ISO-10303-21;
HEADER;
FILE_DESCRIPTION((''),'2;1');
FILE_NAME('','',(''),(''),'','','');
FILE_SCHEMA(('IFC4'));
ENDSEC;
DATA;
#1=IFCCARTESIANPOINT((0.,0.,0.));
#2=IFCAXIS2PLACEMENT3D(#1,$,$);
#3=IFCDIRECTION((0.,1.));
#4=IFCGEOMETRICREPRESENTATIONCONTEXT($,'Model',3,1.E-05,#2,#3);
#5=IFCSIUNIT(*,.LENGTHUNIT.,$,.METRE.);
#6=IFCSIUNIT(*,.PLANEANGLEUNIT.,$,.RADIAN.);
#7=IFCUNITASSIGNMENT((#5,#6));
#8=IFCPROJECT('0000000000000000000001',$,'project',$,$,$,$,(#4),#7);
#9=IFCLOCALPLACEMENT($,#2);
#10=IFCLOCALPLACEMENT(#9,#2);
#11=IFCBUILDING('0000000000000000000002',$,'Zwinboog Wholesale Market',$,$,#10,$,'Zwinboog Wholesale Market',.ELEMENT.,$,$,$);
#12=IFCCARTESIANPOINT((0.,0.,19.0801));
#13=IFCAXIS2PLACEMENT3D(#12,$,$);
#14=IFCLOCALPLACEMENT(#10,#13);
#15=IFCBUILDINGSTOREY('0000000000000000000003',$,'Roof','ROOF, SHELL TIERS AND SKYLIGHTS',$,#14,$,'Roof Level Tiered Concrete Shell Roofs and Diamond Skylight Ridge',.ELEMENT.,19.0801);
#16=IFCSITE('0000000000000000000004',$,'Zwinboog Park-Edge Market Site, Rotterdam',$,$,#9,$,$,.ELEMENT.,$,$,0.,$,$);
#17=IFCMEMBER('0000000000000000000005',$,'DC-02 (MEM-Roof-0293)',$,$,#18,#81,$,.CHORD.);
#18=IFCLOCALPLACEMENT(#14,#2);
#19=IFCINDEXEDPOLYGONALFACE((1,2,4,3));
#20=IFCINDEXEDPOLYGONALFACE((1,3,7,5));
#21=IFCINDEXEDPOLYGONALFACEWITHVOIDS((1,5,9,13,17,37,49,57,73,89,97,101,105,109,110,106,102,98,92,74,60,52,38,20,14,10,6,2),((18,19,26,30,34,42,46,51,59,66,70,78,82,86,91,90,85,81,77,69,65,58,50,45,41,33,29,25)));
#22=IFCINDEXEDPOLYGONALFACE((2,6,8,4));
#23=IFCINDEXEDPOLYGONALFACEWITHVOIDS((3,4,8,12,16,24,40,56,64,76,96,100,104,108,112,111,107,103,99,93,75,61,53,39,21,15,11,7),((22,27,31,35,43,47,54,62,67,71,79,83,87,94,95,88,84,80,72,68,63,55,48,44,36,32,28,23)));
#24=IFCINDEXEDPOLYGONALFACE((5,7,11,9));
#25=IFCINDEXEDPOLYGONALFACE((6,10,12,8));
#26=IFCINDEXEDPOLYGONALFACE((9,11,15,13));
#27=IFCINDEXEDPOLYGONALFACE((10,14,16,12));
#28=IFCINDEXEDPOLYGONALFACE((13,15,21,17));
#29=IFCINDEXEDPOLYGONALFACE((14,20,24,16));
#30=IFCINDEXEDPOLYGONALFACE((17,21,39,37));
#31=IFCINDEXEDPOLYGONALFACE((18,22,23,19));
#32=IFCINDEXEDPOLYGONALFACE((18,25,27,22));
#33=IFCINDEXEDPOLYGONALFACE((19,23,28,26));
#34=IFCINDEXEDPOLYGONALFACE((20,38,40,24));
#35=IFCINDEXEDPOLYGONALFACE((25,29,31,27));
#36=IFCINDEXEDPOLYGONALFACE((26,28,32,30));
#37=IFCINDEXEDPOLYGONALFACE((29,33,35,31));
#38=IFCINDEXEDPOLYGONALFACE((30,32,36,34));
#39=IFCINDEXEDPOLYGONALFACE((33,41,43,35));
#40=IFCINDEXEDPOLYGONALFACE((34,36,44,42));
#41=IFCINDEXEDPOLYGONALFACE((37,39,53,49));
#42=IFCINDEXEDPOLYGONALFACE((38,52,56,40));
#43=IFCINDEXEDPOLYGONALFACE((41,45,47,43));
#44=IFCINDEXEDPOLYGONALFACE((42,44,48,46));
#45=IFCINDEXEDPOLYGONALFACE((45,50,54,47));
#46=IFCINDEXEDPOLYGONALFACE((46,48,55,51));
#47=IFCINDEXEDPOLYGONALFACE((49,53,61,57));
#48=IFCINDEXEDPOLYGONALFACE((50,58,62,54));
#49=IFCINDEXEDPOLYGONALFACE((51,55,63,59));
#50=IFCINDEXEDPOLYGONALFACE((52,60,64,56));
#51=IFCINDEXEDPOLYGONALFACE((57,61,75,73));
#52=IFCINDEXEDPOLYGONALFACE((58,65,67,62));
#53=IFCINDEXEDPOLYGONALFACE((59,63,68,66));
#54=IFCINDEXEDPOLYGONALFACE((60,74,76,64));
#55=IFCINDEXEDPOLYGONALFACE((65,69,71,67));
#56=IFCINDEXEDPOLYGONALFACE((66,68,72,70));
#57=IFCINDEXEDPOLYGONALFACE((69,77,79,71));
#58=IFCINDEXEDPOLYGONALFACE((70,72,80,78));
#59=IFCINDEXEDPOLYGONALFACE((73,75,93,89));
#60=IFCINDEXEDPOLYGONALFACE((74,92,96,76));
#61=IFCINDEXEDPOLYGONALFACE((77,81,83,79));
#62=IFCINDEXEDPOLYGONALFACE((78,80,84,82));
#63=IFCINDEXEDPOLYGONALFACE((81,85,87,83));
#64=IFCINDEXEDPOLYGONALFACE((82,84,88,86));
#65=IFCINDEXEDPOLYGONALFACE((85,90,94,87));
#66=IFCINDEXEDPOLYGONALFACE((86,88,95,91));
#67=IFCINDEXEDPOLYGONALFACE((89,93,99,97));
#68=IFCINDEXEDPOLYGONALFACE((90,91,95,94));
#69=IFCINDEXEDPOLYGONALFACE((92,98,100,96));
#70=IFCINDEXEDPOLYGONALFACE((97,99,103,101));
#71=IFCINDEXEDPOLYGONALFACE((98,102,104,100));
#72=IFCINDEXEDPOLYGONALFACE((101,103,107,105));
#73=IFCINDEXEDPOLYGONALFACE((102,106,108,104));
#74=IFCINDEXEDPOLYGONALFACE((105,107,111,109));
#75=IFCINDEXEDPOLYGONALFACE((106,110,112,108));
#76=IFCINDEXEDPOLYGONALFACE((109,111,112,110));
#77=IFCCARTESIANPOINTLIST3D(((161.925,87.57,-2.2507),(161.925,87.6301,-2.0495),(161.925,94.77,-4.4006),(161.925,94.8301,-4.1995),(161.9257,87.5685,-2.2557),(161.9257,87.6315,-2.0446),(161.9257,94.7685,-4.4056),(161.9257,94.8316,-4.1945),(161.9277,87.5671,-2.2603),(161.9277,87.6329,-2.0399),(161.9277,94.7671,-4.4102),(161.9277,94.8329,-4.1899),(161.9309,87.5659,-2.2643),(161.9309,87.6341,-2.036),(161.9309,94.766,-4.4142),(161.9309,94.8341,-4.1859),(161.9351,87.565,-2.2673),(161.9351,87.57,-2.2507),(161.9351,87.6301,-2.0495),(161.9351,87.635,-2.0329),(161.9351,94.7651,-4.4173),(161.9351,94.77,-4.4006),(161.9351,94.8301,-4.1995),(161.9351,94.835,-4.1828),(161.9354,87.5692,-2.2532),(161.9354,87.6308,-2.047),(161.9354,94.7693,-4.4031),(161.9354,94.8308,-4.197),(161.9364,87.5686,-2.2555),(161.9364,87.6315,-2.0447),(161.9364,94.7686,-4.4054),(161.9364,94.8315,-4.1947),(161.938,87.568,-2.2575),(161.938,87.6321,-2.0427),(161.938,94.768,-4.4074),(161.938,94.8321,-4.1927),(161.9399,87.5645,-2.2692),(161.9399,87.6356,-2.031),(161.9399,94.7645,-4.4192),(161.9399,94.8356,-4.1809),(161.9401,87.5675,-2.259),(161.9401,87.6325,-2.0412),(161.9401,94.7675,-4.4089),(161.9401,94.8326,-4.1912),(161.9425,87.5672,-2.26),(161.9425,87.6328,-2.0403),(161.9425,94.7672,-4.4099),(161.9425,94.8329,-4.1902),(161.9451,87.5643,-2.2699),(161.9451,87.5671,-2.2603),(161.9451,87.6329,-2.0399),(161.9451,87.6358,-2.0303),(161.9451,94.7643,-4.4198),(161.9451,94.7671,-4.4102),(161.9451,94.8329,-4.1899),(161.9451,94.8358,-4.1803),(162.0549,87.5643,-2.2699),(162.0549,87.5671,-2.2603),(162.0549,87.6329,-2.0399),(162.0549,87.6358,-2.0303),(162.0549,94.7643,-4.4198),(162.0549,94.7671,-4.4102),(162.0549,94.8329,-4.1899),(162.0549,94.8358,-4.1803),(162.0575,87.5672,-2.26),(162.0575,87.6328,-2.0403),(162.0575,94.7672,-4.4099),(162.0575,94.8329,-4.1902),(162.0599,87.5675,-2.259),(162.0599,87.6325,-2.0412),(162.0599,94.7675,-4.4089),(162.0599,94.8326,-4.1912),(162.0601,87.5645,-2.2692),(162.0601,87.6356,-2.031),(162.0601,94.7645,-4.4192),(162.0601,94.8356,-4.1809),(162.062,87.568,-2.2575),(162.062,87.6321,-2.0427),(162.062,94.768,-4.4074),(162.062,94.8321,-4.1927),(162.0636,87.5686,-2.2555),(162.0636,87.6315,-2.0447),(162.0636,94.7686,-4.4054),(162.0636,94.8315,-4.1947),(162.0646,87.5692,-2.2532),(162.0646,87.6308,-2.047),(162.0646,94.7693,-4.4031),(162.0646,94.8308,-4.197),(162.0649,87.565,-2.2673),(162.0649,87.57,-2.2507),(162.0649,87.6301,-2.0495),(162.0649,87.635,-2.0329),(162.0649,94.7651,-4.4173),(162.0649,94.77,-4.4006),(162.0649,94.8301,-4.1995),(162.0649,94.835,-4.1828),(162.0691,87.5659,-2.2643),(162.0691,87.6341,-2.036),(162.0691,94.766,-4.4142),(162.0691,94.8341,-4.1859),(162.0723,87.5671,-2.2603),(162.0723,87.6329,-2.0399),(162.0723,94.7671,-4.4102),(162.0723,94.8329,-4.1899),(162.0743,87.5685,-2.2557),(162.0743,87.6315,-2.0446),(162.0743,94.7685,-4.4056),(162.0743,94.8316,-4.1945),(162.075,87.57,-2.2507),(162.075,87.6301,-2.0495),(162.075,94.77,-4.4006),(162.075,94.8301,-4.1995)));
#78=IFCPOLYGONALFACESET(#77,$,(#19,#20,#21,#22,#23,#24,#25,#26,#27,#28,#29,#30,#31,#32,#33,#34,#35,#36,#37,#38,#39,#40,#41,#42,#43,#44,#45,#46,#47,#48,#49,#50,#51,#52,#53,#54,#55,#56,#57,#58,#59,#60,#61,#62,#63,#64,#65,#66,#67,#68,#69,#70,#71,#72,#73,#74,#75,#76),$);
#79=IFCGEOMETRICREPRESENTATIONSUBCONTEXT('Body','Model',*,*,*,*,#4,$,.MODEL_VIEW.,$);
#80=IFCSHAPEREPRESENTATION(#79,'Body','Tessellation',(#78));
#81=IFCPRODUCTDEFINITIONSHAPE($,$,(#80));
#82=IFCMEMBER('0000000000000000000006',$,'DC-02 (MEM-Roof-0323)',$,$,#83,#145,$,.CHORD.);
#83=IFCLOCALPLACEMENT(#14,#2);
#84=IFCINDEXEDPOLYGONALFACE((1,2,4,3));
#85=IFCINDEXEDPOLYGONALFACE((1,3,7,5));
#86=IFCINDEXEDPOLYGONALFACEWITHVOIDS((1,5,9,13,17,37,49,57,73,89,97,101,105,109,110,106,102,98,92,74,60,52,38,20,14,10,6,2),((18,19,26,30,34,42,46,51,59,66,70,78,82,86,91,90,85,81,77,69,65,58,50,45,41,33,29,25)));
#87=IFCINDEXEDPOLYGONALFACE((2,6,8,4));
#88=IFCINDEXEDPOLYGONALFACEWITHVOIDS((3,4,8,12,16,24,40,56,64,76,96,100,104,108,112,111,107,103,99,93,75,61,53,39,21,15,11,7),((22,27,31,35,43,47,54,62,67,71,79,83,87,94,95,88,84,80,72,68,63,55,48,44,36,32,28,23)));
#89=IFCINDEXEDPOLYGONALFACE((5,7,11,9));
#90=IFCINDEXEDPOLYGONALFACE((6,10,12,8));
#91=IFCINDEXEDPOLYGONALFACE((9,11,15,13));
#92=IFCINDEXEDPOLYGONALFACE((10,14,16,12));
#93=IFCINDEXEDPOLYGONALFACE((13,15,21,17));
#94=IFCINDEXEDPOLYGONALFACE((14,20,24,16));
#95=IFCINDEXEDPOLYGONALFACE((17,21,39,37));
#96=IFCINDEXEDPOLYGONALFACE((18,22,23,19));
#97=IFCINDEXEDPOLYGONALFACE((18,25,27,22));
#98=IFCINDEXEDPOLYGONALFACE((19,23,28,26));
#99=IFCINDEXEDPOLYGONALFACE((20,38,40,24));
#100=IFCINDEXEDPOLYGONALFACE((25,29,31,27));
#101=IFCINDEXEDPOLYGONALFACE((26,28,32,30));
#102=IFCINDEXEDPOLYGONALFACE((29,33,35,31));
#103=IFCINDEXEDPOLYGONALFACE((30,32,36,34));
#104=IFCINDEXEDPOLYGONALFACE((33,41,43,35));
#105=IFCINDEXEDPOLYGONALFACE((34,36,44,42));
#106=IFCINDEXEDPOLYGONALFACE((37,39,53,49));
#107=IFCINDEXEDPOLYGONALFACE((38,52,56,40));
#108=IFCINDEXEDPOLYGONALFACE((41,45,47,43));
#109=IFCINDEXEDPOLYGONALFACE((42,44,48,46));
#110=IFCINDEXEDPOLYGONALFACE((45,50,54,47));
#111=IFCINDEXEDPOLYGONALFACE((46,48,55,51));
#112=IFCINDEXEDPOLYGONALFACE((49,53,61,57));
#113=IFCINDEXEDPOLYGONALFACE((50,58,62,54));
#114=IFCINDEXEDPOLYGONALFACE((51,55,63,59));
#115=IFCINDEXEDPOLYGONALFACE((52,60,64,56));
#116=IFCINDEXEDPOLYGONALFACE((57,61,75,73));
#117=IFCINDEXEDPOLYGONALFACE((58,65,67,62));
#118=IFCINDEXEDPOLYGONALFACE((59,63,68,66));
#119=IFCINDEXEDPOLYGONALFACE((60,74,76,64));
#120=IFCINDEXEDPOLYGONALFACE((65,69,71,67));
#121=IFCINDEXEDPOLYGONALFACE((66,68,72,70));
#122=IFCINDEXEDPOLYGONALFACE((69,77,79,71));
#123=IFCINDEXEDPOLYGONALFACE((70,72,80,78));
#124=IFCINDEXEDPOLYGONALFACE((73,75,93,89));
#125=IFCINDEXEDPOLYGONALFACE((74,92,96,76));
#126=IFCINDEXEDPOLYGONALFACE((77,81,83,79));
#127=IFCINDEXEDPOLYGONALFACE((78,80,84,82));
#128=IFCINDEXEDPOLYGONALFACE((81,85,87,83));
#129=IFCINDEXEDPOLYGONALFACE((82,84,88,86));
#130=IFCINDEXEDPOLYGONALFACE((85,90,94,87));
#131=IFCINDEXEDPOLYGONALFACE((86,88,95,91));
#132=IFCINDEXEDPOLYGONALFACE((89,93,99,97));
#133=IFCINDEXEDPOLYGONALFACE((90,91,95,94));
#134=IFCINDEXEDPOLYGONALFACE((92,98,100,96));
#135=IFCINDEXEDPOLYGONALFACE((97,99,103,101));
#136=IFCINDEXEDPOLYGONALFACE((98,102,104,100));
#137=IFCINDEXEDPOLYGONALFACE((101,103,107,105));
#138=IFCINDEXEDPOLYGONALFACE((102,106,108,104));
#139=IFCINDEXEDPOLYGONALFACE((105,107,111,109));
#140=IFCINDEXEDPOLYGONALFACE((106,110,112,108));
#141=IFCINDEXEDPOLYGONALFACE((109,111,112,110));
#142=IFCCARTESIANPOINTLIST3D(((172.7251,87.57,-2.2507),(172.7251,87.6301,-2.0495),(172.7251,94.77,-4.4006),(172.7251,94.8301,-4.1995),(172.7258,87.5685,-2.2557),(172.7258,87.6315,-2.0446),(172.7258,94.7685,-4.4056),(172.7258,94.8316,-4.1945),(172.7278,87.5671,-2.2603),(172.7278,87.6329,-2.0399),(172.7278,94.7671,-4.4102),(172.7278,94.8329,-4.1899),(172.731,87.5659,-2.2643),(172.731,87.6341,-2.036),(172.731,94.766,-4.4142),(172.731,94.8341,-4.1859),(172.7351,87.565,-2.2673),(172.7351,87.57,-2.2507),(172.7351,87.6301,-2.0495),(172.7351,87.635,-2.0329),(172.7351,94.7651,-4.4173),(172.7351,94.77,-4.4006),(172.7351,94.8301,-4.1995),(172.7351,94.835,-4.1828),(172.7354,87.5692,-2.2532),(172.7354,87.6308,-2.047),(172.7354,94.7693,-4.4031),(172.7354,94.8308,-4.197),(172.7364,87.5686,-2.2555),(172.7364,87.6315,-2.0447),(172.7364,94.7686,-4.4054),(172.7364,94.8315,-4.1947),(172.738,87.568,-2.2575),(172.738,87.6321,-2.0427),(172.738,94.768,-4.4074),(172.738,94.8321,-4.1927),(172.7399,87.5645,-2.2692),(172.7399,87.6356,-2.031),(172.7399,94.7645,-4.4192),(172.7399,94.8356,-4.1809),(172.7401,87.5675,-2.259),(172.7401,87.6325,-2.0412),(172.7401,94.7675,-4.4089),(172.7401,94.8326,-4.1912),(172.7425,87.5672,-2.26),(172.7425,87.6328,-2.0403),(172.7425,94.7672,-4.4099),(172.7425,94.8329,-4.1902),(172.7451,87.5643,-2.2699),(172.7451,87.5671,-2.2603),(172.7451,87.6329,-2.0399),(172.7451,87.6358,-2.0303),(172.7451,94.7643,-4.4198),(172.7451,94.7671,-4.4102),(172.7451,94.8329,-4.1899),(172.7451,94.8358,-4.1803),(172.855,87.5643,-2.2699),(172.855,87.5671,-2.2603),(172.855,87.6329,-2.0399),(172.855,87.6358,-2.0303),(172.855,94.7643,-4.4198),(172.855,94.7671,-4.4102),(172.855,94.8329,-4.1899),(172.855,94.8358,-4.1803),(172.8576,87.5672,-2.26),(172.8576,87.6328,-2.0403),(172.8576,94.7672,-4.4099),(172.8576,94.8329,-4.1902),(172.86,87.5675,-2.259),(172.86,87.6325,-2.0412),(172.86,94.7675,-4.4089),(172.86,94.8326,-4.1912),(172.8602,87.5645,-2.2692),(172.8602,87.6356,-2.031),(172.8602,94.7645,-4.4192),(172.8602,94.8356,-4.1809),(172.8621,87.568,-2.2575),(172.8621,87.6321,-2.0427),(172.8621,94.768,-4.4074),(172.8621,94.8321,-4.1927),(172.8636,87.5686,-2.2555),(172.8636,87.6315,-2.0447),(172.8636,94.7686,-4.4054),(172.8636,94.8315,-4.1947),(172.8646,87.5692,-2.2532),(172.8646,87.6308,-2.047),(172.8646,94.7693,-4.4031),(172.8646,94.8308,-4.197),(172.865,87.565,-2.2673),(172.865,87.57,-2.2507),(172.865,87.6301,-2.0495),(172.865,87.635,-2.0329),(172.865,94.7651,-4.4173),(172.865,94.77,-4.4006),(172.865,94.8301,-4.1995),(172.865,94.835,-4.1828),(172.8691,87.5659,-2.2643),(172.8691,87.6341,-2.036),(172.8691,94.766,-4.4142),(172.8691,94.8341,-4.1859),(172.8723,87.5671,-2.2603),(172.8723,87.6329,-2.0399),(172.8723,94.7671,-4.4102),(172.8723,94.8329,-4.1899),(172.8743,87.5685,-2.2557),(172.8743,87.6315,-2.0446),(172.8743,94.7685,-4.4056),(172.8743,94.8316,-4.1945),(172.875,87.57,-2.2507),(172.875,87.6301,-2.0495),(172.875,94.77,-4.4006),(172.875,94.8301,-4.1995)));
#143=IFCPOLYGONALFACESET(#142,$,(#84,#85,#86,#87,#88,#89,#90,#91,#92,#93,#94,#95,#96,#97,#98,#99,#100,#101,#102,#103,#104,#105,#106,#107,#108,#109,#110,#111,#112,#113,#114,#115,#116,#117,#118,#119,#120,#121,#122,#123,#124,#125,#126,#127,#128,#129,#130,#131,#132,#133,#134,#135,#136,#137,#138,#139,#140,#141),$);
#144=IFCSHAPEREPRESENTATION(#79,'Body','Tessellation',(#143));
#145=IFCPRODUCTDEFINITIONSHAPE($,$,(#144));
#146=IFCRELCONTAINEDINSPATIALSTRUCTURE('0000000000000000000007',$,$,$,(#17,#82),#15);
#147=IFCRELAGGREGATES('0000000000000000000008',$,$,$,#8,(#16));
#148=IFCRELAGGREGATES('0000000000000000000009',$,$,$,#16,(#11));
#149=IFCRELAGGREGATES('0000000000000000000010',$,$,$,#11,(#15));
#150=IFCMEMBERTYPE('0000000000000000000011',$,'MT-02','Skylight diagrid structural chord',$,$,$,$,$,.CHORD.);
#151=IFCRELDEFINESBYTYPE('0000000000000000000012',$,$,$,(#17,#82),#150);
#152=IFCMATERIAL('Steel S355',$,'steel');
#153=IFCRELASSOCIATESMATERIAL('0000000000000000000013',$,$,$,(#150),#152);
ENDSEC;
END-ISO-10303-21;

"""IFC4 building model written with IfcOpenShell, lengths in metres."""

from ifc_helpers import new_model, si_unit, direction, frame, origin, origin_2d, place, context, subcontext, project, spatial, hollow_rectangle, extrude, material, material_profile, profile_set, type_object, element, save


model = new_model("IFC4")

# Units and contexts
model_context = context("Model", 3, precision=1e-05, world=origin(), true_north=direction((0.0, 1.0)))
body_context = subcontext(model_context, "Body", "Model", "MODEL_VIEW")
ifc_project = project(units=[si_unit("LENGTHUNIT", "METRE"), si_unit("PLANEANGLEUNIT", "RADIAN")], contexts=[model_context])

# Site, building, storey
site_placement = place(None, origin())
site = spatial("IfcSite", under=ifc_project, at=site_placement, Name="Zwinboog Park-Edge Market Site, Rotterdam", CompositionType="ELEMENT", RefElevation=0.0)
building_placement = place(site_placement, origin())
building = spatial("IfcBuilding", under=site, at=building_placement, Name="Zwinboog Wholesale Market", LongName="Zwinboog Wholesale Market", CompositionType="ELEMENT")
storey_placement = place(building_placement, frame((0.0, 0.0, 19.0801)))
storey = spatial("IfcBuildingStorey", under=building, at=storey_placement, Name="Roof", Description="ROOF, SHELL TIERS AND SKYLIGHTS", LongName="Roof Level Tiered Concrete Shell Roofs and Diamond Skylight Ridge", CompositionType="ELEMENT", Elevation=19.0801)

# Members
ifc_material_1 = material(Name="Steel S355", Category="steel")
ifc_material_profile_1 = material_profile(ifc_material_1, hollow_rectangle(XDim=0.1499, YDim=0.25, WallThickness=0.01, InnerFilletRadius=0.01, OuterFilletRadius=0.02, at=origin_2d()), Name="RHS 250x150x10")
ifc_profile_set_1 = profile_set([ifc_material_profile_1], Name="Steel S355")
member_type_1 = type_object("IfcMemberType", Name="MT-02", Description="Skylight diagrid structural chord", PredefinedType="CHORD", material=ifc_profile_set_1)
for number, where, z_axis, x_axis, name in (
    (1, (162.0, 94.8, -4.3), (0.0, -0.958195, 0.286117), (1.0, 0.0, 0.0), "DC-02 (MEM-Roof-0293)"),
    (2, (172.8, 94.8, -4.3), (0.0, -0.958195, 0.286117), (1.0, 0.0, 0.0), "DC-02 (MEM-Roof-0323)"),
):
    element("IfcMember", number, at=place(storey_placement, frame(where, z_axis=z_axis, x_axis=x_axis)), inside=storey, type_object=member_type_1, Name=name, PredefinedType="CHORD", context=body_context, shape_type="SweptSolid", body=[
        extrude(hollow_rectangle(XDim=0.1499, YDim=0.25, WallThickness=0.01, InnerFilletRadius=0.01, OuterFilletRadius=0.02, at=origin_2d()), origin(), (0.0, 0.0, 1.0), 7.5142),
    ])

save(model, "model.ifc")
